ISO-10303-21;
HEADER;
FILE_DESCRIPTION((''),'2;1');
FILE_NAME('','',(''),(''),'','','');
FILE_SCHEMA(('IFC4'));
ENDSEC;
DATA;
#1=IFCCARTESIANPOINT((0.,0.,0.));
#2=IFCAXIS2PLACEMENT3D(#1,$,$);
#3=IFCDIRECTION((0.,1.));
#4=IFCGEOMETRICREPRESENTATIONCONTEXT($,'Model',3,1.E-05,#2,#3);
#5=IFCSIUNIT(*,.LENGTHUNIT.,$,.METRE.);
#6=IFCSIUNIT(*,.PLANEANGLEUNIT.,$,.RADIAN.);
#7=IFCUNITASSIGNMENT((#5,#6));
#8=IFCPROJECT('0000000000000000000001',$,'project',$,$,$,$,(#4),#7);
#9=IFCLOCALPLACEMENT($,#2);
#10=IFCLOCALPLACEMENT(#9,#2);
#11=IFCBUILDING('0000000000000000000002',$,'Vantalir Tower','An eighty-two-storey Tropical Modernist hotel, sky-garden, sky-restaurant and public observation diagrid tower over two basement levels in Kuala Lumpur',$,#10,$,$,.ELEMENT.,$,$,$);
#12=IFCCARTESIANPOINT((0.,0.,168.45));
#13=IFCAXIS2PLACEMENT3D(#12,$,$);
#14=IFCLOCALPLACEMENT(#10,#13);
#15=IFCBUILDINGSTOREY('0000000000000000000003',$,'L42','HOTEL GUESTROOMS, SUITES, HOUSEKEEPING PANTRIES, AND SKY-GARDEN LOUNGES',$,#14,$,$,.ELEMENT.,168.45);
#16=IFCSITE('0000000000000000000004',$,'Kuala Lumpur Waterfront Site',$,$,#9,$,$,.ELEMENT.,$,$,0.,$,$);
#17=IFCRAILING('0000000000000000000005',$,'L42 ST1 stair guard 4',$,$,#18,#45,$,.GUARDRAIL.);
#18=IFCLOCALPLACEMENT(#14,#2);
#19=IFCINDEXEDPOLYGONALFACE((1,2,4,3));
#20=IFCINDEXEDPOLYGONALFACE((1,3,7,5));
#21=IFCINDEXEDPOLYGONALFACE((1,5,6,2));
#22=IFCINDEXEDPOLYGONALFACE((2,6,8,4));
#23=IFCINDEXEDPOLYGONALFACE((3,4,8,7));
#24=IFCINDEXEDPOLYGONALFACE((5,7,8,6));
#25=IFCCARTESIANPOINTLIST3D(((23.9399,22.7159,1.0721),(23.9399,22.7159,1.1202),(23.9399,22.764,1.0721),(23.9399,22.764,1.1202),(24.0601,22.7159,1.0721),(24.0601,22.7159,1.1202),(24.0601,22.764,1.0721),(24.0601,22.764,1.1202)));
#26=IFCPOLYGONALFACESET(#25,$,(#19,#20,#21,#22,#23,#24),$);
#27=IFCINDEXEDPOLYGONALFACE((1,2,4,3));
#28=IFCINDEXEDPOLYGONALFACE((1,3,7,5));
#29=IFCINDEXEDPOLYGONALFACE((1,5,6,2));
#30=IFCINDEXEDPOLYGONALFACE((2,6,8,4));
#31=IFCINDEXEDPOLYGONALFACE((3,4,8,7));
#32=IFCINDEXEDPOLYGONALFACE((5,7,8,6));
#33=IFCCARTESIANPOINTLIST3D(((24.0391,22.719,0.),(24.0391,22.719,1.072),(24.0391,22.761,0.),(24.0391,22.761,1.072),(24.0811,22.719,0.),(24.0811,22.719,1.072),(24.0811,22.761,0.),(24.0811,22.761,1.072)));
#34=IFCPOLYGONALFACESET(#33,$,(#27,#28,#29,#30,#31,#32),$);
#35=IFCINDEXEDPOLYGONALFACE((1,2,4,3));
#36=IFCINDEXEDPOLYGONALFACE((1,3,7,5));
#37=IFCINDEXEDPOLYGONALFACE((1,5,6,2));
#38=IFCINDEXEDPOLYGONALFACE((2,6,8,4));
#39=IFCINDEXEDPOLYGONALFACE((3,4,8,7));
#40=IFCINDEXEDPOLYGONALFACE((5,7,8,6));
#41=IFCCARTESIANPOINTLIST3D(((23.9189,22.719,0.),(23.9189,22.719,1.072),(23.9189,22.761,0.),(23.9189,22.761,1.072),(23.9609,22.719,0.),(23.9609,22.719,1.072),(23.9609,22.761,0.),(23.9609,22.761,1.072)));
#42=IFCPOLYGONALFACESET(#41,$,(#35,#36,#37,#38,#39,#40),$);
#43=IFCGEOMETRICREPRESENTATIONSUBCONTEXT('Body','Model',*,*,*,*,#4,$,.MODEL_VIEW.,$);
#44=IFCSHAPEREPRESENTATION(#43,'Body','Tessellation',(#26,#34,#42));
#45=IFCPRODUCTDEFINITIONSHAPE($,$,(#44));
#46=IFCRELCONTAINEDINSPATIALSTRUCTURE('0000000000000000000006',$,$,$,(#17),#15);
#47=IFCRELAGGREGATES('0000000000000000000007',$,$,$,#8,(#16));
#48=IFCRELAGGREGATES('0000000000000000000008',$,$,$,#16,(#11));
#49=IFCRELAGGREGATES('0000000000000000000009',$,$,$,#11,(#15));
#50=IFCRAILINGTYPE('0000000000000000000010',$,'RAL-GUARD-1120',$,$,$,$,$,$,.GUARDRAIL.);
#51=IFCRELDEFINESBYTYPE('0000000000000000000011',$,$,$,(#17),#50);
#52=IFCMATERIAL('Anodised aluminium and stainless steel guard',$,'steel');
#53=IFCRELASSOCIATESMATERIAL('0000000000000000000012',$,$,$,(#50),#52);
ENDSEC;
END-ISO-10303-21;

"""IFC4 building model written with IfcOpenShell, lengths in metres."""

from ifc_helpers import new_model, si_unit, direction, frame, origin, origin_2d, place, context, subcontext, project, spatial, rectangle, extrude, material, type_object, element, save


model = new_model("IFC4")

# Units and contexts
model_context = context("Model", 3, precision=1e-05, world=origin(), true_north=direction((0.0, 1.0)))
body_context = subcontext(model_context, "Body", "Model", "MODEL_VIEW")
ifc_project = project(units=[si_unit("LENGTHUNIT", "METRE"), si_unit("PLANEANGLEUNIT", "RADIAN")], contexts=[model_context])

# Site, building, storey
site_placement = place(None, origin())
site = spatial("IfcSite", under=ifc_project, at=site_placement, Name="Kuala Lumpur Waterfront Site", CompositionType="ELEMENT", RefElevation=0.0)
building_placement = place(site_placement, origin())
building = spatial("IfcBuilding", under=site, at=building_placement, Name="Vantalir Tower", Description="An eighty-two-storey Tropical Modernist hotel, sky-garden, sky-restaurant and public observation diagrid tower over two basement levels in Kuala Lumpur", CompositionType="ELEMENT")
storey_placement = place(building_placement, frame((0.0, 0.0, 168.45)))
storey = spatial("IfcBuildingStorey", under=building, at=storey_placement, Name="L42", Description="HOTEL GUESTROOMS, SUITES, HOUSEKEEPING PANTRIES, AND SKY-GARDEN LOUNGES", CompositionType="ELEMENT", Elevation=168.45)

# Railing
ifc_material_1 = material(Name="Anodised aluminium and stainless steel guard", Category="steel")
railing_type = type_object("IfcRailingType", Name="RAL-GUARD-1120", PredefinedType="GUARDRAIL", material=ifc_material_1)
railing_placement = place(storey_placement, frame((24.0601, 22.74, 0.0)))
element("IfcRailing", 1, at=railing_placement, inside=storey, type_object=railing_type, Name="L42 ST1 stair guard 4", PredefinedType="GUARDRAIL", context=body_context, shape_type="SweptSolid", body=[
    extrude(rectangle(XDim=0.0481, YDim=0.0481, at=origin_2d()), frame((0.0, 0.0, 1.0962), z_axis=(-1.0, 0.0, 0.0), x_axis=(0.0, -1.0, 0.0)), (0.0, 0.0, 1.0), 0.1201),
    extrude(rectangle(XDim=0.042, YDim=0.042, at=origin_2d()), origin(), (0.0, 0.0, 1.0), 1.072),
    extrude(rectangle(XDim=0.042, YDim=0.042, at=origin_2d()), frame((-0.1201, 0.0, 0.0)), (0.0, 0.0, 1.0), 1.072),
])

save(model, "model.ifc")
